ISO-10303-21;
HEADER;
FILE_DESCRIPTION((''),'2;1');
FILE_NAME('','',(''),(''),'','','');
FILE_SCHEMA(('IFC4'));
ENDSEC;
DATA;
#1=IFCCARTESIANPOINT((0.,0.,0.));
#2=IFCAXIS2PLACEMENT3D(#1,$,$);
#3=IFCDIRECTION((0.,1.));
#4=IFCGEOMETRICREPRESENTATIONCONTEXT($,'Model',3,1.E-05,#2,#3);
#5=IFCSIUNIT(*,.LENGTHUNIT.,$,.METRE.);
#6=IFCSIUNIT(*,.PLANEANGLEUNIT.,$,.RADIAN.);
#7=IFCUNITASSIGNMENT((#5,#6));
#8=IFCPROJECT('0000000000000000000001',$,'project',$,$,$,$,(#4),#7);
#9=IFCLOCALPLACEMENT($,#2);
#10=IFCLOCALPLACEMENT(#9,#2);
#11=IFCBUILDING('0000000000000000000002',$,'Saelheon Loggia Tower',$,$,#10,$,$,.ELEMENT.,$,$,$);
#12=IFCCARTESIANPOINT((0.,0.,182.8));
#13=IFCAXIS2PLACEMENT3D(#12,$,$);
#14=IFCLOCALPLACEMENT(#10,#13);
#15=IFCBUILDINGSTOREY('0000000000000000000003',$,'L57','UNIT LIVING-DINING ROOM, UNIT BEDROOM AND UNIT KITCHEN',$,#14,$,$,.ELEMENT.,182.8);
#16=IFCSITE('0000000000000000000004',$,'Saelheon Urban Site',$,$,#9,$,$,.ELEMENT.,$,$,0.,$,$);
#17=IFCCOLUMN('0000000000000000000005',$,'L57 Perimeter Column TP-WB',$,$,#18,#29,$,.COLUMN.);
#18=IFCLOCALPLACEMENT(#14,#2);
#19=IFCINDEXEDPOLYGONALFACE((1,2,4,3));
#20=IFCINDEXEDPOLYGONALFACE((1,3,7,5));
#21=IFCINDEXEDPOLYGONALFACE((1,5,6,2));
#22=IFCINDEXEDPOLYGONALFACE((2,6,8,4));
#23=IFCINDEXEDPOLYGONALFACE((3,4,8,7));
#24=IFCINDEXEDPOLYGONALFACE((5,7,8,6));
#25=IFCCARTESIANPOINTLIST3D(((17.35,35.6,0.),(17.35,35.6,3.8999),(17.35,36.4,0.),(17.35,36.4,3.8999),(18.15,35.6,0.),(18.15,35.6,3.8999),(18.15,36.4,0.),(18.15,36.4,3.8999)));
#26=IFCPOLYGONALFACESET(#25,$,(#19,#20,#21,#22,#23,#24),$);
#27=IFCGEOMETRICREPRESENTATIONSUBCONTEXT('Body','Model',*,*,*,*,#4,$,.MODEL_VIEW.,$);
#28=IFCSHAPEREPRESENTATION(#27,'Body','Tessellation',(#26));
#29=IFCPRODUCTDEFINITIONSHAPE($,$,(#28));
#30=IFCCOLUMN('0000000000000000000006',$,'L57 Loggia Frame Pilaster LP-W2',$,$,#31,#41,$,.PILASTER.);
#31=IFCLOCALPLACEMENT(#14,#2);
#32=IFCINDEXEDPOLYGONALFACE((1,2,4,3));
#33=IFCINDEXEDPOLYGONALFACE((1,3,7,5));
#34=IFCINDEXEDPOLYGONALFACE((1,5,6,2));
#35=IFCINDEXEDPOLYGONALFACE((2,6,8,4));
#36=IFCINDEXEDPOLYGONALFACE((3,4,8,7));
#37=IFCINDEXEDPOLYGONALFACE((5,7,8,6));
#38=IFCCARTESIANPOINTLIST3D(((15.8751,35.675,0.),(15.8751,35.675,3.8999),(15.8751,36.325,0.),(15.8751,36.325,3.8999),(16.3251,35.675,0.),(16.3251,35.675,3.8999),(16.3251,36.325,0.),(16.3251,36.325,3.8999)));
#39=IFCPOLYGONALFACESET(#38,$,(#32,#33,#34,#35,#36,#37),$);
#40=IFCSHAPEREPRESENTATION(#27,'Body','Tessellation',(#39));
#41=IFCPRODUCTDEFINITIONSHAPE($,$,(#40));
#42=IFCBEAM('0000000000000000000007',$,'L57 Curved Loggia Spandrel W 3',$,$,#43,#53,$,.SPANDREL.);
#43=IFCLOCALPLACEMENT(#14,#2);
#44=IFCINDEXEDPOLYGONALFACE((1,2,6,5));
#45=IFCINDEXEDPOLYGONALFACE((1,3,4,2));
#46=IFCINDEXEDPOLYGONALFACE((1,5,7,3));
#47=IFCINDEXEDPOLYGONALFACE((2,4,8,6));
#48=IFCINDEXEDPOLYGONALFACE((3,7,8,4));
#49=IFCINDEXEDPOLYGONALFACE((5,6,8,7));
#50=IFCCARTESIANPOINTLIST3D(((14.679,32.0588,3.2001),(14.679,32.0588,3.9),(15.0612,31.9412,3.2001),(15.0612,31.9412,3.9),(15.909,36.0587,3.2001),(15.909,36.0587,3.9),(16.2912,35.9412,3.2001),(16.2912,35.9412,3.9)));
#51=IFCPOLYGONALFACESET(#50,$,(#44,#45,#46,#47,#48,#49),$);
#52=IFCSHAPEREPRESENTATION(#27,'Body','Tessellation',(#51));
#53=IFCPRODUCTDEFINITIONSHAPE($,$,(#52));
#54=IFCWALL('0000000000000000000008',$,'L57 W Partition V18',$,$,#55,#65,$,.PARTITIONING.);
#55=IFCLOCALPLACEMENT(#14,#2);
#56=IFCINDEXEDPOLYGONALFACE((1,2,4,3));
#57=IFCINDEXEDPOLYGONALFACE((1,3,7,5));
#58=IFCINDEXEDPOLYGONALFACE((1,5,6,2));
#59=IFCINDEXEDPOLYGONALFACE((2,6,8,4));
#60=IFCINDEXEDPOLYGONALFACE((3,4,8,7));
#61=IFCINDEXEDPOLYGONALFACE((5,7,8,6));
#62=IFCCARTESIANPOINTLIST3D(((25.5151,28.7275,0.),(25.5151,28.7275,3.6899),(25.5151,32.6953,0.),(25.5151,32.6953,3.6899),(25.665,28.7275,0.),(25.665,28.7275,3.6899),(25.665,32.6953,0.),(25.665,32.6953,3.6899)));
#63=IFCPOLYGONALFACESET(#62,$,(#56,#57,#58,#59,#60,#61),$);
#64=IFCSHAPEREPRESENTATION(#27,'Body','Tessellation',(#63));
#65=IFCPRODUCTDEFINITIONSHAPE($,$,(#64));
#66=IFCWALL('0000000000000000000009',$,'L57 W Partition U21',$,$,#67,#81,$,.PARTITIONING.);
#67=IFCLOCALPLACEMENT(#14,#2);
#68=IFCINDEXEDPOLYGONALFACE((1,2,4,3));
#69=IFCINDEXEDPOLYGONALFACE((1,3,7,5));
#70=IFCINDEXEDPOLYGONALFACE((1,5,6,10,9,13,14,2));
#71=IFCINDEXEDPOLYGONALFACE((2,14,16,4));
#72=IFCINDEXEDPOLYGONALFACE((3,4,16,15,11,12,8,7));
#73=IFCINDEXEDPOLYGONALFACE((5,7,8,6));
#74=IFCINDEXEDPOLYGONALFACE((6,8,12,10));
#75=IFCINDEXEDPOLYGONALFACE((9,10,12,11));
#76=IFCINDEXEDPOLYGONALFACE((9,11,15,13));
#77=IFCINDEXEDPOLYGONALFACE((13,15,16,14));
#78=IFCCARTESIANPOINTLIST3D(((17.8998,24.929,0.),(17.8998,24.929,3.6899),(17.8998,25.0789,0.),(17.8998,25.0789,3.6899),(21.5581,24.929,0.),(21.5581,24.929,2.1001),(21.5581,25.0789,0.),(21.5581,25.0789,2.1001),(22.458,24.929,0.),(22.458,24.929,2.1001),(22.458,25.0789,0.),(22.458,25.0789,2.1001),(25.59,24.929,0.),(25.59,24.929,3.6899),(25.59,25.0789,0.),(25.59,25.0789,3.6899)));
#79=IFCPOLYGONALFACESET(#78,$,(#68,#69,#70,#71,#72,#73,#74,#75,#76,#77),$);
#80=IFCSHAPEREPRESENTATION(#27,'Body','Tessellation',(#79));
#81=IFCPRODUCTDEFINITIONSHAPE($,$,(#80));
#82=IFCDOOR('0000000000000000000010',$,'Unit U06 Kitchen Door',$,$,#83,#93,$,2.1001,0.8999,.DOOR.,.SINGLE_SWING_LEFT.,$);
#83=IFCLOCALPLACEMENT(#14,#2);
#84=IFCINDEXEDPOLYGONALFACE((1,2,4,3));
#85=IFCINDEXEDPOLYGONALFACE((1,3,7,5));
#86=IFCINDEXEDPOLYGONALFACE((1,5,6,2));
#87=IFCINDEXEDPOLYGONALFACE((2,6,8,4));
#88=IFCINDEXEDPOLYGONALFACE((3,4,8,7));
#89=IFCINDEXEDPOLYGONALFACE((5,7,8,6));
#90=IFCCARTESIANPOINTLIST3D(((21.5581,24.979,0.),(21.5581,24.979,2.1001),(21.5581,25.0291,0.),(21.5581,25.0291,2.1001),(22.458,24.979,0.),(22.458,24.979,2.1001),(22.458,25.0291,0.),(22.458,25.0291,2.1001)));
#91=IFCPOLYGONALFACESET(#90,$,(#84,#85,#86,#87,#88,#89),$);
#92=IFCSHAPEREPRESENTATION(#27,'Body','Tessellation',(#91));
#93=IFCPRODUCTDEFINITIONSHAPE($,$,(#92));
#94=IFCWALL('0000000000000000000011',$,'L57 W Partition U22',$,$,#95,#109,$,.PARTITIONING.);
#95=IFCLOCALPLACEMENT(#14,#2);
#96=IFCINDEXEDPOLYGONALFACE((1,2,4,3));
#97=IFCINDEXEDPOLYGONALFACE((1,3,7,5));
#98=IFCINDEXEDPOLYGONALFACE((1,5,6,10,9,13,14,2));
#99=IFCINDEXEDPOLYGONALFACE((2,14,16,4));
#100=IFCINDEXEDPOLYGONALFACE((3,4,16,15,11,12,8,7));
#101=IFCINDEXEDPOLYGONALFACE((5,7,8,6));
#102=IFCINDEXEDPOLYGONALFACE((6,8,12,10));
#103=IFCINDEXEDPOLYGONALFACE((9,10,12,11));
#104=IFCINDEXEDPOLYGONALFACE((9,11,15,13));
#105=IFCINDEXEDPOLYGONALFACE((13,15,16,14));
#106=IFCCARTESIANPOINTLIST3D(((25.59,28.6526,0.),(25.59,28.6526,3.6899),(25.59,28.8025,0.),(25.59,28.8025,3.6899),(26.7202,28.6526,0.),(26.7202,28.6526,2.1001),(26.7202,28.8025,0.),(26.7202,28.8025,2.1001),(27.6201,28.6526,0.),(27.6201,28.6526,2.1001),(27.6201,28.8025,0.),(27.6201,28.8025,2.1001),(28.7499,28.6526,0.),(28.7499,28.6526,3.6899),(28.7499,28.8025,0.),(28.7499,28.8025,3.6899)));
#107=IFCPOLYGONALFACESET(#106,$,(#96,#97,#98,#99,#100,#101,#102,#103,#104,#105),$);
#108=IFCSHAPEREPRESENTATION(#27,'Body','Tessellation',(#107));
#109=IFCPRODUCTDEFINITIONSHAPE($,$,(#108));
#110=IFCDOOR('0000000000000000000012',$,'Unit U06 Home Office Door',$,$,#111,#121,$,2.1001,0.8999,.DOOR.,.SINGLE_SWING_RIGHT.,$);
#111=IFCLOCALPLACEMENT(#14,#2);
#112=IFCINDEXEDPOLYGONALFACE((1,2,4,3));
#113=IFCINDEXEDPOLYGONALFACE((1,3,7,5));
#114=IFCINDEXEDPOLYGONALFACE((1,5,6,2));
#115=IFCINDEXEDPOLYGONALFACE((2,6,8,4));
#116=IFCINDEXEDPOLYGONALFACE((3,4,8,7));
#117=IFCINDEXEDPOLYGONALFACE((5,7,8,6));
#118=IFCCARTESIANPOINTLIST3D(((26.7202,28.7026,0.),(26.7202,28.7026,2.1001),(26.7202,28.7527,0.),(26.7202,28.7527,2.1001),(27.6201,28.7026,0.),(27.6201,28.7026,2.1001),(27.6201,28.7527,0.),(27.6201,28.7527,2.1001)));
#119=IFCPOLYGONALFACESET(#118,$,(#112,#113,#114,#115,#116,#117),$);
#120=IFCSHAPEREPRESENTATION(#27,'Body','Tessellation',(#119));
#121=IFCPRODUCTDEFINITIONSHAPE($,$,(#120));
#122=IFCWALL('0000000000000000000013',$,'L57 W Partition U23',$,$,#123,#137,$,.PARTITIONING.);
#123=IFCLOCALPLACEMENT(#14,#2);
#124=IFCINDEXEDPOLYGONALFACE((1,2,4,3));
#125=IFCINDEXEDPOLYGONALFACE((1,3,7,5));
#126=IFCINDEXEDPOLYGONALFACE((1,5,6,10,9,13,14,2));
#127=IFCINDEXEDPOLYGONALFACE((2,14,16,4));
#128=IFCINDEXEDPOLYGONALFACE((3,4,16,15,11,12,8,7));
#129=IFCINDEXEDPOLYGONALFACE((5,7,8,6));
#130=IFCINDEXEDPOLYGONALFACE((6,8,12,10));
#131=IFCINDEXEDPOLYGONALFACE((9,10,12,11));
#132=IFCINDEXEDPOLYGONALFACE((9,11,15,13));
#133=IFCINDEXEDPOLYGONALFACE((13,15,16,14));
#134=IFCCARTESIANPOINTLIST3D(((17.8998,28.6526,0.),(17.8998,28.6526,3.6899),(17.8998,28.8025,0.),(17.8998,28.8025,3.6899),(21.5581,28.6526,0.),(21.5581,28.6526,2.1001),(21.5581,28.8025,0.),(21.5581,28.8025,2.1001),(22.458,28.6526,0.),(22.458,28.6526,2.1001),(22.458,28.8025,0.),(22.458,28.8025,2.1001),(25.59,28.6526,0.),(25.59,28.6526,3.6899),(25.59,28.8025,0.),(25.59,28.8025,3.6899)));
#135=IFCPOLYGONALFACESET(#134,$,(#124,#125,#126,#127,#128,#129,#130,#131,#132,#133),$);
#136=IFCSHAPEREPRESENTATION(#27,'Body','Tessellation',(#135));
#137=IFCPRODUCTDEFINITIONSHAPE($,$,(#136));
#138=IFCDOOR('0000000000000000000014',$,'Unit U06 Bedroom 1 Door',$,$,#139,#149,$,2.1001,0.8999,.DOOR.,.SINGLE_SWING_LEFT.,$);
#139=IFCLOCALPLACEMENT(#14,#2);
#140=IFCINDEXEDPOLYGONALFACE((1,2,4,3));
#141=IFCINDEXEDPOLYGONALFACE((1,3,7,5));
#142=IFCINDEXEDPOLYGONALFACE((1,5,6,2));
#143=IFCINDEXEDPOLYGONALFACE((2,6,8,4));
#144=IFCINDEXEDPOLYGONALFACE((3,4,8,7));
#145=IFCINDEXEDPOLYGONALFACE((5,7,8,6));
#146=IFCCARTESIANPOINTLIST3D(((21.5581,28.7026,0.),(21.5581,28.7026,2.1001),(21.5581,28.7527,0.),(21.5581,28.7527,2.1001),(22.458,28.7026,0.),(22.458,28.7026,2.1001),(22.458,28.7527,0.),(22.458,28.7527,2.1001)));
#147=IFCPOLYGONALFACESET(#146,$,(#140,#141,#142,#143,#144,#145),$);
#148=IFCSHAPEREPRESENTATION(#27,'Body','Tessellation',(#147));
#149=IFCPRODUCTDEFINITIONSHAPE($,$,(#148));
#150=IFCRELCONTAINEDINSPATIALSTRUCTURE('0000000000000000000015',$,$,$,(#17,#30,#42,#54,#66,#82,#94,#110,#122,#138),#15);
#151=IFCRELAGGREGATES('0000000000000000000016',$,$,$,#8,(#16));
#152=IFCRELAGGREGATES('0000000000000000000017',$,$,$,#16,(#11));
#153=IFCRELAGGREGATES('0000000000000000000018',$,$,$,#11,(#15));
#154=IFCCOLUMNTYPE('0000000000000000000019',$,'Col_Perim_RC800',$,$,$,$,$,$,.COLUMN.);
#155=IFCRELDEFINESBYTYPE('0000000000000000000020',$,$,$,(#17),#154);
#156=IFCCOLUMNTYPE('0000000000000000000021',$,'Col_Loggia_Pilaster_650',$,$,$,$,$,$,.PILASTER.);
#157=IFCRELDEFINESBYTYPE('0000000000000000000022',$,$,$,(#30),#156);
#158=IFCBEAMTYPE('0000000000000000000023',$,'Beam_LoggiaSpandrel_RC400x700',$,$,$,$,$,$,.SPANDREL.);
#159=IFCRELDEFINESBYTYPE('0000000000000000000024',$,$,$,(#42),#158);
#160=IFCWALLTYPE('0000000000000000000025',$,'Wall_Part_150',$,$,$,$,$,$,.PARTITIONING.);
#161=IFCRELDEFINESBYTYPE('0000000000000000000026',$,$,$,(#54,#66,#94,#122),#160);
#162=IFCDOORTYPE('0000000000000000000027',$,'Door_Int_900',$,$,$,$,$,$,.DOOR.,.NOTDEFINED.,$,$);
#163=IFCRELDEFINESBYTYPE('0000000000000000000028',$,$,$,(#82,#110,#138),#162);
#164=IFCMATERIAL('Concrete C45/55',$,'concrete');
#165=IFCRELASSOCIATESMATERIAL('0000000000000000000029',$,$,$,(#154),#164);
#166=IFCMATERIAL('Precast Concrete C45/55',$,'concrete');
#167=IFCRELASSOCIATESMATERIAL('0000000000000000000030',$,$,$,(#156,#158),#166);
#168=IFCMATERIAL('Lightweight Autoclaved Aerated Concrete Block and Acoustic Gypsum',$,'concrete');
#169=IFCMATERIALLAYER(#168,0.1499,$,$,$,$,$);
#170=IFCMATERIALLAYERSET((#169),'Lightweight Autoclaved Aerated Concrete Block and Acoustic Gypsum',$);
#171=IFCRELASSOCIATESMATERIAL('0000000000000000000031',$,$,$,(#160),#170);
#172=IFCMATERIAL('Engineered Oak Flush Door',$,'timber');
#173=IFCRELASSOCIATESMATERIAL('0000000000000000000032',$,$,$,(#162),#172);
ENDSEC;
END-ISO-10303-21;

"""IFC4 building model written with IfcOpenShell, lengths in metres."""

from ifc_helpers import new_model, si_unit, direction, frame, frame_2d, origin, origin_2d, place, context, subcontext, project, spatial, rectangle, extrude, source, transform, mapped, material, layer, layer_set, material_profile, profile_set, type_object, element, fill, save


model = new_model("IFC4")

# Units and contexts
model_context = context("Model", 3, precision=1e-05, world=origin(), true_north=direction((0.0, 1.0)))
body_context = subcontext(model_context, "Body", "Model", "MODEL_VIEW")
ifc_project = project(units=[si_unit("LENGTHUNIT", "METRE"), si_unit("PLANEANGLEUNIT", "RADIAN")], contexts=[model_context])

# Site, building, storey
site_placement = place(None, origin())
site = spatial("IfcSite", under=ifc_project, at=site_placement, Name="Saelheon Urban Site", CompositionType="ELEMENT", RefElevation=0.0)
building_placement = place(site_placement, origin())
building = spatial("IfcBuilding", under=site, at=building_placement, Name="Saelheon Loggia Tower", CompositionType="ELEMENT")
storey_placement = place(building_placement, frame((0.0, 0.0, 182.8)))
storey = spatial("IfcBuildingStorey", under=building, at=storey_placement, Name="L57", Description="UNIT LIVING-DINING ROOM, UNIT BEDROOM AND UNIT KITCHEN", CompositionType="ELEMENT", Elevation=182.8)

# Columns
ifc_material_1 = material(Name="Concrete C45/55", Category="concrete")
ifc_material_profile_1 = material_profile(ifc_material_1, rectangle(XDim=0.8, YDim=0.8, at=origin_2d()), Name="RC-800x800")
ifc_profile_set_1 = profile_set([ifc_material_profile_1], Name="Concrete C45/55")
column_type_1 = type_object("IfcColumnType", Name="Col_Perim_RC800", PredefinedType="COLUMN", material=ifc_profile_set_1)
shared_shape_1 = source(origin(), body_context, "Body", "SweptSolid", [
    extrude(rectangle(XDim=0.8, YDim=0.8, at=origin_2d()), origin(), (0.0, 0.0, 1.0), 3.8999),
])
column_1_placement = place(storey_placement, frame((17.75, 36.0, 0.0), z_axis=(0.0, 0.0, 1.0), x_axis=(1.0, 0.0, 0.0)))
element("IfcColumn", 1, at=column_1_placement, inside=storey, type_object=column_type_1, Name="L57 Perimeter Column TP-WB", PredefinedType="COLUMN", context=body_context, shape_type="MappedRepresentation", body=[
    mapped(shared_shape_1, transform((0.0, 0.0, 0.0), scale=1.0)),
])
ifc_material_2 = material(Name="Precast Concrete C45/55", Category="concrete")
ifc_material_profile_2 = material_profile(ifc_material_2, rectangle(XDim=0.45, YDim=0.6499, at=origin_2d()), Name="RC-450x650")
ifc_profile_set_2 = profile_set([ifc_material_profile_2], Name="Precast Concrete C45/55")
column_type_2 = type_object("IfcColumnType", Name="Col_Loggia_Pilaster_650", PredefinedType="PILASTER", material=ifc_profile_set_2)
shared_shape_2 = source(origin(), body_context, "Body", "SweptSolid", [
    extrude(rectangle(XDim=0.45, YDim=0.6499, at=origin_2d()), origin(), (0.0, 0.0, 1.0), 3.8999),
])
column_2_placement = place(storey_placement, frame((16.1001, 36.0, 0.0), z_axis=(0.0, 0.0, 1.0), x_axis=(1.0, 0.0, 0.0)))
element("IfcColumn", 2, at=column_2_placement, inside=storey, type_object=column_type_2, Name="L57 Loggia Frame Pilaster LP-W2", PredefinedType="PILASTER", context=body_context, shape_type="MappedRepresentation", body=[
    mapped(shared_shape_2, transform((0.0, 0.0, 0.0), scale=1.0)),
])

# Beam
ifc_material_profile_3 = material_profile(ifc_material_2, rectangle(XDim=0.3999, YDim=0.7, at=origin_2d()), Name="RC-400x700")
ifc_profile_set_3 = profile_set([ifc_material_profile_3], Name="Precast Concrete C45/55")
beam_type = type_object("IfcBeamType", Name="Beam_LoggiaSpandrel_RC400x700", PredefinedType="SPANDREL", material=ifc_profile_set_3)
shared_shape_3 = source(origin(), body_context, "Body", "SweptSolid", [
    extrude(rectangle(XDim=0.3999, YDim=0.7, at=origin_2d()), origin(), (0.0, 0.0, 1.0), 4.1848),
])
beam_placement = place(storey_placement, frame((14.8701, 32.0, 3.55), z_axis=(0.293914, 0.955832, 0.0), x_axis=(-0.955832, 0.293914, 0.0)))
element("IfcBeam", 3, at=beam_placement, inside=storey, type_object=beam_type, Name="L57 Curved Loggia Spandrel W 3", PredefinedType="SPANDREL", context=body_context, shape_type="MappedRepresentation", body=[
    mapped(shared_shape_3, transform((0.0, 0.0, 0.0), scale=1.0)),
])

# Wall
ifc_material_3 = material(Name="Lightweight Autoclaved Aerated Concrete Block and Acoustic Gypsum", Category="concrete")
ifc_layer_1 = layer(ifc_material_3, 0.1499)
ifc_layer_set_1 = layer_set([ifc_layer_1], Name="Lightweight Autoclaved Aerated Concrete Block and Acoustic Gypsum")
wall_type_1 = type_object("IfcWallType", Name="Wall_Part_150", PredefinedType="PARTITIONING", material=ifc_layer_set_1)
wall_1_placement = place(storey_placement, frame((25.5901, 28.7275, 0.0), z_axis=(0.0, 0.0, 1.0), x_axis=(0.0, 1.0, 0.0)))
element("IfcWall", 4, at=wall_1_placement, inside=storey, type_object=wall_type_1, Name="L57 W Partition V18", PredefinedType="PARTITIONING", context=body_context, shape_type="SweptSolid", body=[
    extrude(rectangle(XDim=3.9678, YDim=0.1499, at=frame_2d((1.9839, 0.0))), origin(), (0.0, 0.0, 1.0), 3.6899),
])

# Walls, openings, doors
wall_2_placement = place(storey_placement, frame((25.5901, 25.0039, 0.0), z_axis=(0.0, 0.0, 1.0), x_axis=(-1.0, 0.0, 0.0)))
wall_2 = element("IfcWall", 5, at=wall_2_placement, inside=storey, type_object=wall_type_1, Name="L57 W Partition U21", PredefinedType="PARTITIONING", context=body_context, shape_type="SweptSolid", body=[
    extrude(rectangle(XDim=7.6902, YDim=0.1499, at=frame_2d((3.8452, 0.0))), origin(), (0.0, 0.0, 1.0), 3.6899),
])
opening_1_placement = place(wall_2_placement, frame((3.1321, 0.0, 0.0)))
opening_1 = element("IfcOpeningElement", 6, at=opening_1_placement, cuts=wall_2, PredefinedType="OPENING", context=body_context, shape_type="SweptSolid", body=[
    extrude(rectangle(XDim=0.8999, YDim=2.1001, at=frame_2d((0.45, 1.05))), frame((0.0, 0.0869, 0.0), z_axis=(0.0, -1.0, 0.0), x_axis=(1.0, 0.0, 0.0)), (0.0, 0.0, 1.0), 0.1738),
])
ifc_material_4 = material(Name="Engineered Oak Flush Door", Category="timber")
door_type_1 = type_object("IfcDoorType", Name="Door_Int_900", OperationType="NOTDEFINED", PredefinedType="DOOR", material=ifc_material_4)
shared_shape_4 = source(origin(), body_context, "Body", "SweptSolid", [
    extrude(rectangle(XDim=0.8999, YDim=2.1001, at=frame_2d((0.45, 1.05))), frame((0.0, 0.0249, 0.0), z_axis=(0.0, -1.0, 0.0), x_axis=(1.0, 0.0, 0.0)), (0.0, 0.0, 1.0), 0.05),
])
door_1_placement = place(opening_1_placement, origin())
door_1 = element("IfcDoor", 7, at=door_1_placement, inside=storey, type_object=door_type_1, Name="Unit U06 Kitchen Door", OperationType="SINGLE_SWING_LEFT", OverallHeight=2.1001, OverallWidth=0.8999, PredefinedType="DOOR", context=body_context, shape_type="MappedRepresentation", body=[
    mapped(shared_shape_4, transform((0.0, 0.0, 0.0), scale=1.0)),
])
fill(opening_1, door_1)
wall_3_placement = place(storey_placement, frame((28.75, 28.7275, 0.0), z_axis=(0.0, 0.0, 1.0), x_axis=(-1.0, 0.0, 0.0)))
wall_3 = element("IfcWall", 8, at=wall_3_placement, inside=storey, type_object=wall_type_1, Name="L57 W Partition U22", PredefinedType="PARTITIONING", context=body_context, shape_type="SweptSolid", body=[
    extrude(rectangle(XDim=3.1599, YDim=0.1499, at=frame_2d((1.5801, 0.0))), origin(), (0.0, 0.0, 1.0), 3.6899),
])
opening_2_placement = place(wall_3_placement, frame((1.1299, 0.0, 0.0)))
opening_2 = element("IfcOpeningElement", 9, at=opening_2_placement, cuts=wall_3, PredefinedType="OPENING", context=body_context, shape_type="SweptSolid", body=[
    extrude(rectangle(XDim=0.8999, YDim=2.1001, at=frame_2d((0.45, 1.05))), frame((0.0, 0.0869, 0.0), z_axis=(0.0, -1.0, 0.0), x_axis=(1.0, 0.0, 0.0)), (0.0, 0.0, 1.0), 0.1738),
])
door_2_placement = place(opening_2_placement, origin())
door_2 = element("IfcDoor", 10, at=door_2_placement, inside=storey, type_object=door_type_1, Name="Unit U06 Home Office Door", OperationType="SINGLE_SWING_RIGHT", OverallHeight=2.1001, OverallWidth=0.8999, PredefinedType="DOOR", context=body_context, shape_type="MappedRepresentation", body=[
    mapped(shared_shape_4, transform((0.0, 0.0, 0.0), scale=1.0)),
])
fill(opening_2, door_2)
wall_4_placement = place(storey_placement, frame((25.5901, 28.7275, 0.0), z_axis=(0.0, 0.0, 1.0), x_axis=(-1.0, 0.0, 0.0)))
wall_4 = element("IfcWall", 11, at=wall_4_placement, inside=storey, type_object=wall_type_1, Name="L57 W Partition U23", PredefinedType="PARTITIONING", context=body_context, shape_type="SweptSolid", body=[
    extrude(rectangle(XDim=7.6902, YDim=0.1499, at=frame_2d((3.8452, 0.0))), origin(), (0.0, 0.0, 1.0), 3.6899),
])
opening_3_placement = place(wall_4_placement, frame((3.1321, 0.0, 0.0)))
opening_3 = element("IfcOpeningElement", 12, at=opening_3_placement, cuts=wall_4, PredefinedType="OPENING", context=body_context, shape_type="SweptSolid", body=[
    extrude(rectangle(XDim=0.8999, YDim=2.1001, at=frame_2d((0.45, 1.05))), frame((0.0, 0.0869, 0.0), z_axis=(0.0, -1.0, 0.0), x_axis=(1.0, 0.0, 0.0)), (0.0, 0.0, 1.0), 0.1738),
])
door_3_placement = place(opening_3_placement, origin())
door_3 = element("IfcDoor", 13, at=door_3_placement, inside=storey, type_object=door_type_1, Name="Unit U06 Bedroom 1 Door", OperationType="SINGLE_SWING_LEFT", OverallHeight=2.1001, OverallWidth=0.8999, PredefinedType="DOOR", context=body_context, shape_type="MappedRepresentation", body=[
    mapped(shared_shape_4, transform((0.0, 0.0, 0.0), scale=1.0)),
])
fill(opening_3, door_3)

save(model, "model.ifc")
